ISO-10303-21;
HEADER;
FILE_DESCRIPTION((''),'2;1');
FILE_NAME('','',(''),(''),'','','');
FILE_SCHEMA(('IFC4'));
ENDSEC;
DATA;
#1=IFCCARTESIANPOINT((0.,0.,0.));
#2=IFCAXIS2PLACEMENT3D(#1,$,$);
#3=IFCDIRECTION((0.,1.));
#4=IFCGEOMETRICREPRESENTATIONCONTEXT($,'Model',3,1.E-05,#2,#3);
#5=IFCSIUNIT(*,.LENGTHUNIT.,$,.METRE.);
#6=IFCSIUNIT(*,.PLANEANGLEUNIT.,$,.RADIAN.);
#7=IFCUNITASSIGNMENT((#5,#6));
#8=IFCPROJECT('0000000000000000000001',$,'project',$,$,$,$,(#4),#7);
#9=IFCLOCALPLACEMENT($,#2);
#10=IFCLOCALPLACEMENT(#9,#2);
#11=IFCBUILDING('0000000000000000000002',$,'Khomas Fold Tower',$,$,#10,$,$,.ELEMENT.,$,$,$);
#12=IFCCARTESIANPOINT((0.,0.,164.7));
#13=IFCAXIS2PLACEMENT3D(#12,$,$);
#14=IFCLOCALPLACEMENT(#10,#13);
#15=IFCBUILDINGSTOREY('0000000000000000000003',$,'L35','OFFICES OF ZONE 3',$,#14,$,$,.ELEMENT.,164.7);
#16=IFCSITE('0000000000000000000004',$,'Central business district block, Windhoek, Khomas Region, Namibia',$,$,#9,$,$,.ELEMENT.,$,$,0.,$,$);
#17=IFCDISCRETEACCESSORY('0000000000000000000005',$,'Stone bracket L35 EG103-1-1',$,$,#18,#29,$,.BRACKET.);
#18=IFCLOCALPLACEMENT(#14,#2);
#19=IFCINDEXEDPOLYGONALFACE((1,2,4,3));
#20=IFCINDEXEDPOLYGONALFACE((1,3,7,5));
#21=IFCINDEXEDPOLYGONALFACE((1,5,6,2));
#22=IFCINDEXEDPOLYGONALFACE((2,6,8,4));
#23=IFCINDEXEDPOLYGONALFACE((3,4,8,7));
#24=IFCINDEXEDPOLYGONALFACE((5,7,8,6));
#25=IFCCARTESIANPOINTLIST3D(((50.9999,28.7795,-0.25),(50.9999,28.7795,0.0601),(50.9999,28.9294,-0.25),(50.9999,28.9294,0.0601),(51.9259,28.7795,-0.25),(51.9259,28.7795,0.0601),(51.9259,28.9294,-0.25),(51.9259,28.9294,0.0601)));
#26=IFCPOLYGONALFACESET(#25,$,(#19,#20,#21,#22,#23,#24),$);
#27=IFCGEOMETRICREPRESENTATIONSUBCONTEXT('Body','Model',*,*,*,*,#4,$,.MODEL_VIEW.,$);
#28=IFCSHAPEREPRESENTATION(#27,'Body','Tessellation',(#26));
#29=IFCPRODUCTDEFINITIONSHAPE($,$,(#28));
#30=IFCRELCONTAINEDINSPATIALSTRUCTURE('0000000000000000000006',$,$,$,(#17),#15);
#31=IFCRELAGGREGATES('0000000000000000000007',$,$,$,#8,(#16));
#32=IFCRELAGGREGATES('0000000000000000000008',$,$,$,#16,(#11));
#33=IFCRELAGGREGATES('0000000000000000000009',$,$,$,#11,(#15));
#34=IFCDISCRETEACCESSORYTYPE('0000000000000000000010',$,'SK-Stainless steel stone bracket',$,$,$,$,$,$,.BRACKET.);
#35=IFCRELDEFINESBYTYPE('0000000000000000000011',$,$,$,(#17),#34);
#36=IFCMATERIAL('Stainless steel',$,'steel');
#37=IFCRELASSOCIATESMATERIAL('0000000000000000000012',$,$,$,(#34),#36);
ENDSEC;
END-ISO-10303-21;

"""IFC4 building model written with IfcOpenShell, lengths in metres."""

from ifc_helpers import new_model, si_unit, direction, frame, origin, origin_2d, place, context, subcontext, project, spatial, rectangle, extrude, source, transform, mapped, material, type_object, element, save


model = new_model("IFC4")

# Units and contexts
model_context = context("Model", 3, precision=1e-05, world=origin(), true_north=direction((0.0, 1.0)))
body_context = subcontext(model_context, "Body", "Model", "MODEL_VIEW")
ifc_project = project(units=[si_unit("LENGTHUNIT", "METRE"), si_unit("PLANEANGLEUNIT", "RADIAN")], contexts=[model_context])

# Site, building, storey
site_placement = place(None, origin())
site = spatial("IfcSite", under=ifc_project, at=site_placement, Name="Central business district block, Windhoek, Khomas Region, Namibia", CompositionType="ELEMENT", RefElevation=0.0)
building_placement = place(site_placement, origin())
building = spatial("IfcBuilding", under=site, at=building_placement, Name="Khomas Fold Tower", CompositionType="ELEMENT")
storey_placement = place(building_placement, frame((0.0, 0.0, 164.7)))
storey = spatial("IfcBuildingStorey", under=building, at=storey_placement, Name="L35", Description="OFFICES OF ZONE 3", CompositionType="ELEMENT", Elevation=164.7)

# Discrete accessory
ifc_material_1 = material(Name="Stainless steel", Category="steel")
discrete_accessory_type = type_object("IfcDiscreteAccessoryType", Name="SK-Stainless steel stone bracket", PredefinedType="BRACKET", material=ifc_material_1)
shared_shape_1 = source(origin(), body_context, "Body", "SweptSolid", [
    extrude(rectangle(XDim=0.926, YDim=0.1499, at=origin_2d()), origin(), (0.0, 0.0, 1.0), 0.3101),
])
for number, where, z_axis, x_axis, name in (
    (1, (51.4629, 28.8545, -0.25), (0.0, 0.0, 1.0), (1.0, 0.0, 0.0), "Stone bracket L35 EG103-1-1"),
):
    element("IfcDiscreteAccessory", number, at=place(storey_placement, frame(where, z_axis=z_axis, x_axis=x_axis)), inside=storey, type_object=discrete_accessory_type, Name=name, PredefinedType="BRACKET", context=body_context, shape_type="MappedRepresentation", body=[
        mapped(shared_shape_1, transform((0.0, 0.0, 0.0))),
    ])

save(model, "model.ifc")
